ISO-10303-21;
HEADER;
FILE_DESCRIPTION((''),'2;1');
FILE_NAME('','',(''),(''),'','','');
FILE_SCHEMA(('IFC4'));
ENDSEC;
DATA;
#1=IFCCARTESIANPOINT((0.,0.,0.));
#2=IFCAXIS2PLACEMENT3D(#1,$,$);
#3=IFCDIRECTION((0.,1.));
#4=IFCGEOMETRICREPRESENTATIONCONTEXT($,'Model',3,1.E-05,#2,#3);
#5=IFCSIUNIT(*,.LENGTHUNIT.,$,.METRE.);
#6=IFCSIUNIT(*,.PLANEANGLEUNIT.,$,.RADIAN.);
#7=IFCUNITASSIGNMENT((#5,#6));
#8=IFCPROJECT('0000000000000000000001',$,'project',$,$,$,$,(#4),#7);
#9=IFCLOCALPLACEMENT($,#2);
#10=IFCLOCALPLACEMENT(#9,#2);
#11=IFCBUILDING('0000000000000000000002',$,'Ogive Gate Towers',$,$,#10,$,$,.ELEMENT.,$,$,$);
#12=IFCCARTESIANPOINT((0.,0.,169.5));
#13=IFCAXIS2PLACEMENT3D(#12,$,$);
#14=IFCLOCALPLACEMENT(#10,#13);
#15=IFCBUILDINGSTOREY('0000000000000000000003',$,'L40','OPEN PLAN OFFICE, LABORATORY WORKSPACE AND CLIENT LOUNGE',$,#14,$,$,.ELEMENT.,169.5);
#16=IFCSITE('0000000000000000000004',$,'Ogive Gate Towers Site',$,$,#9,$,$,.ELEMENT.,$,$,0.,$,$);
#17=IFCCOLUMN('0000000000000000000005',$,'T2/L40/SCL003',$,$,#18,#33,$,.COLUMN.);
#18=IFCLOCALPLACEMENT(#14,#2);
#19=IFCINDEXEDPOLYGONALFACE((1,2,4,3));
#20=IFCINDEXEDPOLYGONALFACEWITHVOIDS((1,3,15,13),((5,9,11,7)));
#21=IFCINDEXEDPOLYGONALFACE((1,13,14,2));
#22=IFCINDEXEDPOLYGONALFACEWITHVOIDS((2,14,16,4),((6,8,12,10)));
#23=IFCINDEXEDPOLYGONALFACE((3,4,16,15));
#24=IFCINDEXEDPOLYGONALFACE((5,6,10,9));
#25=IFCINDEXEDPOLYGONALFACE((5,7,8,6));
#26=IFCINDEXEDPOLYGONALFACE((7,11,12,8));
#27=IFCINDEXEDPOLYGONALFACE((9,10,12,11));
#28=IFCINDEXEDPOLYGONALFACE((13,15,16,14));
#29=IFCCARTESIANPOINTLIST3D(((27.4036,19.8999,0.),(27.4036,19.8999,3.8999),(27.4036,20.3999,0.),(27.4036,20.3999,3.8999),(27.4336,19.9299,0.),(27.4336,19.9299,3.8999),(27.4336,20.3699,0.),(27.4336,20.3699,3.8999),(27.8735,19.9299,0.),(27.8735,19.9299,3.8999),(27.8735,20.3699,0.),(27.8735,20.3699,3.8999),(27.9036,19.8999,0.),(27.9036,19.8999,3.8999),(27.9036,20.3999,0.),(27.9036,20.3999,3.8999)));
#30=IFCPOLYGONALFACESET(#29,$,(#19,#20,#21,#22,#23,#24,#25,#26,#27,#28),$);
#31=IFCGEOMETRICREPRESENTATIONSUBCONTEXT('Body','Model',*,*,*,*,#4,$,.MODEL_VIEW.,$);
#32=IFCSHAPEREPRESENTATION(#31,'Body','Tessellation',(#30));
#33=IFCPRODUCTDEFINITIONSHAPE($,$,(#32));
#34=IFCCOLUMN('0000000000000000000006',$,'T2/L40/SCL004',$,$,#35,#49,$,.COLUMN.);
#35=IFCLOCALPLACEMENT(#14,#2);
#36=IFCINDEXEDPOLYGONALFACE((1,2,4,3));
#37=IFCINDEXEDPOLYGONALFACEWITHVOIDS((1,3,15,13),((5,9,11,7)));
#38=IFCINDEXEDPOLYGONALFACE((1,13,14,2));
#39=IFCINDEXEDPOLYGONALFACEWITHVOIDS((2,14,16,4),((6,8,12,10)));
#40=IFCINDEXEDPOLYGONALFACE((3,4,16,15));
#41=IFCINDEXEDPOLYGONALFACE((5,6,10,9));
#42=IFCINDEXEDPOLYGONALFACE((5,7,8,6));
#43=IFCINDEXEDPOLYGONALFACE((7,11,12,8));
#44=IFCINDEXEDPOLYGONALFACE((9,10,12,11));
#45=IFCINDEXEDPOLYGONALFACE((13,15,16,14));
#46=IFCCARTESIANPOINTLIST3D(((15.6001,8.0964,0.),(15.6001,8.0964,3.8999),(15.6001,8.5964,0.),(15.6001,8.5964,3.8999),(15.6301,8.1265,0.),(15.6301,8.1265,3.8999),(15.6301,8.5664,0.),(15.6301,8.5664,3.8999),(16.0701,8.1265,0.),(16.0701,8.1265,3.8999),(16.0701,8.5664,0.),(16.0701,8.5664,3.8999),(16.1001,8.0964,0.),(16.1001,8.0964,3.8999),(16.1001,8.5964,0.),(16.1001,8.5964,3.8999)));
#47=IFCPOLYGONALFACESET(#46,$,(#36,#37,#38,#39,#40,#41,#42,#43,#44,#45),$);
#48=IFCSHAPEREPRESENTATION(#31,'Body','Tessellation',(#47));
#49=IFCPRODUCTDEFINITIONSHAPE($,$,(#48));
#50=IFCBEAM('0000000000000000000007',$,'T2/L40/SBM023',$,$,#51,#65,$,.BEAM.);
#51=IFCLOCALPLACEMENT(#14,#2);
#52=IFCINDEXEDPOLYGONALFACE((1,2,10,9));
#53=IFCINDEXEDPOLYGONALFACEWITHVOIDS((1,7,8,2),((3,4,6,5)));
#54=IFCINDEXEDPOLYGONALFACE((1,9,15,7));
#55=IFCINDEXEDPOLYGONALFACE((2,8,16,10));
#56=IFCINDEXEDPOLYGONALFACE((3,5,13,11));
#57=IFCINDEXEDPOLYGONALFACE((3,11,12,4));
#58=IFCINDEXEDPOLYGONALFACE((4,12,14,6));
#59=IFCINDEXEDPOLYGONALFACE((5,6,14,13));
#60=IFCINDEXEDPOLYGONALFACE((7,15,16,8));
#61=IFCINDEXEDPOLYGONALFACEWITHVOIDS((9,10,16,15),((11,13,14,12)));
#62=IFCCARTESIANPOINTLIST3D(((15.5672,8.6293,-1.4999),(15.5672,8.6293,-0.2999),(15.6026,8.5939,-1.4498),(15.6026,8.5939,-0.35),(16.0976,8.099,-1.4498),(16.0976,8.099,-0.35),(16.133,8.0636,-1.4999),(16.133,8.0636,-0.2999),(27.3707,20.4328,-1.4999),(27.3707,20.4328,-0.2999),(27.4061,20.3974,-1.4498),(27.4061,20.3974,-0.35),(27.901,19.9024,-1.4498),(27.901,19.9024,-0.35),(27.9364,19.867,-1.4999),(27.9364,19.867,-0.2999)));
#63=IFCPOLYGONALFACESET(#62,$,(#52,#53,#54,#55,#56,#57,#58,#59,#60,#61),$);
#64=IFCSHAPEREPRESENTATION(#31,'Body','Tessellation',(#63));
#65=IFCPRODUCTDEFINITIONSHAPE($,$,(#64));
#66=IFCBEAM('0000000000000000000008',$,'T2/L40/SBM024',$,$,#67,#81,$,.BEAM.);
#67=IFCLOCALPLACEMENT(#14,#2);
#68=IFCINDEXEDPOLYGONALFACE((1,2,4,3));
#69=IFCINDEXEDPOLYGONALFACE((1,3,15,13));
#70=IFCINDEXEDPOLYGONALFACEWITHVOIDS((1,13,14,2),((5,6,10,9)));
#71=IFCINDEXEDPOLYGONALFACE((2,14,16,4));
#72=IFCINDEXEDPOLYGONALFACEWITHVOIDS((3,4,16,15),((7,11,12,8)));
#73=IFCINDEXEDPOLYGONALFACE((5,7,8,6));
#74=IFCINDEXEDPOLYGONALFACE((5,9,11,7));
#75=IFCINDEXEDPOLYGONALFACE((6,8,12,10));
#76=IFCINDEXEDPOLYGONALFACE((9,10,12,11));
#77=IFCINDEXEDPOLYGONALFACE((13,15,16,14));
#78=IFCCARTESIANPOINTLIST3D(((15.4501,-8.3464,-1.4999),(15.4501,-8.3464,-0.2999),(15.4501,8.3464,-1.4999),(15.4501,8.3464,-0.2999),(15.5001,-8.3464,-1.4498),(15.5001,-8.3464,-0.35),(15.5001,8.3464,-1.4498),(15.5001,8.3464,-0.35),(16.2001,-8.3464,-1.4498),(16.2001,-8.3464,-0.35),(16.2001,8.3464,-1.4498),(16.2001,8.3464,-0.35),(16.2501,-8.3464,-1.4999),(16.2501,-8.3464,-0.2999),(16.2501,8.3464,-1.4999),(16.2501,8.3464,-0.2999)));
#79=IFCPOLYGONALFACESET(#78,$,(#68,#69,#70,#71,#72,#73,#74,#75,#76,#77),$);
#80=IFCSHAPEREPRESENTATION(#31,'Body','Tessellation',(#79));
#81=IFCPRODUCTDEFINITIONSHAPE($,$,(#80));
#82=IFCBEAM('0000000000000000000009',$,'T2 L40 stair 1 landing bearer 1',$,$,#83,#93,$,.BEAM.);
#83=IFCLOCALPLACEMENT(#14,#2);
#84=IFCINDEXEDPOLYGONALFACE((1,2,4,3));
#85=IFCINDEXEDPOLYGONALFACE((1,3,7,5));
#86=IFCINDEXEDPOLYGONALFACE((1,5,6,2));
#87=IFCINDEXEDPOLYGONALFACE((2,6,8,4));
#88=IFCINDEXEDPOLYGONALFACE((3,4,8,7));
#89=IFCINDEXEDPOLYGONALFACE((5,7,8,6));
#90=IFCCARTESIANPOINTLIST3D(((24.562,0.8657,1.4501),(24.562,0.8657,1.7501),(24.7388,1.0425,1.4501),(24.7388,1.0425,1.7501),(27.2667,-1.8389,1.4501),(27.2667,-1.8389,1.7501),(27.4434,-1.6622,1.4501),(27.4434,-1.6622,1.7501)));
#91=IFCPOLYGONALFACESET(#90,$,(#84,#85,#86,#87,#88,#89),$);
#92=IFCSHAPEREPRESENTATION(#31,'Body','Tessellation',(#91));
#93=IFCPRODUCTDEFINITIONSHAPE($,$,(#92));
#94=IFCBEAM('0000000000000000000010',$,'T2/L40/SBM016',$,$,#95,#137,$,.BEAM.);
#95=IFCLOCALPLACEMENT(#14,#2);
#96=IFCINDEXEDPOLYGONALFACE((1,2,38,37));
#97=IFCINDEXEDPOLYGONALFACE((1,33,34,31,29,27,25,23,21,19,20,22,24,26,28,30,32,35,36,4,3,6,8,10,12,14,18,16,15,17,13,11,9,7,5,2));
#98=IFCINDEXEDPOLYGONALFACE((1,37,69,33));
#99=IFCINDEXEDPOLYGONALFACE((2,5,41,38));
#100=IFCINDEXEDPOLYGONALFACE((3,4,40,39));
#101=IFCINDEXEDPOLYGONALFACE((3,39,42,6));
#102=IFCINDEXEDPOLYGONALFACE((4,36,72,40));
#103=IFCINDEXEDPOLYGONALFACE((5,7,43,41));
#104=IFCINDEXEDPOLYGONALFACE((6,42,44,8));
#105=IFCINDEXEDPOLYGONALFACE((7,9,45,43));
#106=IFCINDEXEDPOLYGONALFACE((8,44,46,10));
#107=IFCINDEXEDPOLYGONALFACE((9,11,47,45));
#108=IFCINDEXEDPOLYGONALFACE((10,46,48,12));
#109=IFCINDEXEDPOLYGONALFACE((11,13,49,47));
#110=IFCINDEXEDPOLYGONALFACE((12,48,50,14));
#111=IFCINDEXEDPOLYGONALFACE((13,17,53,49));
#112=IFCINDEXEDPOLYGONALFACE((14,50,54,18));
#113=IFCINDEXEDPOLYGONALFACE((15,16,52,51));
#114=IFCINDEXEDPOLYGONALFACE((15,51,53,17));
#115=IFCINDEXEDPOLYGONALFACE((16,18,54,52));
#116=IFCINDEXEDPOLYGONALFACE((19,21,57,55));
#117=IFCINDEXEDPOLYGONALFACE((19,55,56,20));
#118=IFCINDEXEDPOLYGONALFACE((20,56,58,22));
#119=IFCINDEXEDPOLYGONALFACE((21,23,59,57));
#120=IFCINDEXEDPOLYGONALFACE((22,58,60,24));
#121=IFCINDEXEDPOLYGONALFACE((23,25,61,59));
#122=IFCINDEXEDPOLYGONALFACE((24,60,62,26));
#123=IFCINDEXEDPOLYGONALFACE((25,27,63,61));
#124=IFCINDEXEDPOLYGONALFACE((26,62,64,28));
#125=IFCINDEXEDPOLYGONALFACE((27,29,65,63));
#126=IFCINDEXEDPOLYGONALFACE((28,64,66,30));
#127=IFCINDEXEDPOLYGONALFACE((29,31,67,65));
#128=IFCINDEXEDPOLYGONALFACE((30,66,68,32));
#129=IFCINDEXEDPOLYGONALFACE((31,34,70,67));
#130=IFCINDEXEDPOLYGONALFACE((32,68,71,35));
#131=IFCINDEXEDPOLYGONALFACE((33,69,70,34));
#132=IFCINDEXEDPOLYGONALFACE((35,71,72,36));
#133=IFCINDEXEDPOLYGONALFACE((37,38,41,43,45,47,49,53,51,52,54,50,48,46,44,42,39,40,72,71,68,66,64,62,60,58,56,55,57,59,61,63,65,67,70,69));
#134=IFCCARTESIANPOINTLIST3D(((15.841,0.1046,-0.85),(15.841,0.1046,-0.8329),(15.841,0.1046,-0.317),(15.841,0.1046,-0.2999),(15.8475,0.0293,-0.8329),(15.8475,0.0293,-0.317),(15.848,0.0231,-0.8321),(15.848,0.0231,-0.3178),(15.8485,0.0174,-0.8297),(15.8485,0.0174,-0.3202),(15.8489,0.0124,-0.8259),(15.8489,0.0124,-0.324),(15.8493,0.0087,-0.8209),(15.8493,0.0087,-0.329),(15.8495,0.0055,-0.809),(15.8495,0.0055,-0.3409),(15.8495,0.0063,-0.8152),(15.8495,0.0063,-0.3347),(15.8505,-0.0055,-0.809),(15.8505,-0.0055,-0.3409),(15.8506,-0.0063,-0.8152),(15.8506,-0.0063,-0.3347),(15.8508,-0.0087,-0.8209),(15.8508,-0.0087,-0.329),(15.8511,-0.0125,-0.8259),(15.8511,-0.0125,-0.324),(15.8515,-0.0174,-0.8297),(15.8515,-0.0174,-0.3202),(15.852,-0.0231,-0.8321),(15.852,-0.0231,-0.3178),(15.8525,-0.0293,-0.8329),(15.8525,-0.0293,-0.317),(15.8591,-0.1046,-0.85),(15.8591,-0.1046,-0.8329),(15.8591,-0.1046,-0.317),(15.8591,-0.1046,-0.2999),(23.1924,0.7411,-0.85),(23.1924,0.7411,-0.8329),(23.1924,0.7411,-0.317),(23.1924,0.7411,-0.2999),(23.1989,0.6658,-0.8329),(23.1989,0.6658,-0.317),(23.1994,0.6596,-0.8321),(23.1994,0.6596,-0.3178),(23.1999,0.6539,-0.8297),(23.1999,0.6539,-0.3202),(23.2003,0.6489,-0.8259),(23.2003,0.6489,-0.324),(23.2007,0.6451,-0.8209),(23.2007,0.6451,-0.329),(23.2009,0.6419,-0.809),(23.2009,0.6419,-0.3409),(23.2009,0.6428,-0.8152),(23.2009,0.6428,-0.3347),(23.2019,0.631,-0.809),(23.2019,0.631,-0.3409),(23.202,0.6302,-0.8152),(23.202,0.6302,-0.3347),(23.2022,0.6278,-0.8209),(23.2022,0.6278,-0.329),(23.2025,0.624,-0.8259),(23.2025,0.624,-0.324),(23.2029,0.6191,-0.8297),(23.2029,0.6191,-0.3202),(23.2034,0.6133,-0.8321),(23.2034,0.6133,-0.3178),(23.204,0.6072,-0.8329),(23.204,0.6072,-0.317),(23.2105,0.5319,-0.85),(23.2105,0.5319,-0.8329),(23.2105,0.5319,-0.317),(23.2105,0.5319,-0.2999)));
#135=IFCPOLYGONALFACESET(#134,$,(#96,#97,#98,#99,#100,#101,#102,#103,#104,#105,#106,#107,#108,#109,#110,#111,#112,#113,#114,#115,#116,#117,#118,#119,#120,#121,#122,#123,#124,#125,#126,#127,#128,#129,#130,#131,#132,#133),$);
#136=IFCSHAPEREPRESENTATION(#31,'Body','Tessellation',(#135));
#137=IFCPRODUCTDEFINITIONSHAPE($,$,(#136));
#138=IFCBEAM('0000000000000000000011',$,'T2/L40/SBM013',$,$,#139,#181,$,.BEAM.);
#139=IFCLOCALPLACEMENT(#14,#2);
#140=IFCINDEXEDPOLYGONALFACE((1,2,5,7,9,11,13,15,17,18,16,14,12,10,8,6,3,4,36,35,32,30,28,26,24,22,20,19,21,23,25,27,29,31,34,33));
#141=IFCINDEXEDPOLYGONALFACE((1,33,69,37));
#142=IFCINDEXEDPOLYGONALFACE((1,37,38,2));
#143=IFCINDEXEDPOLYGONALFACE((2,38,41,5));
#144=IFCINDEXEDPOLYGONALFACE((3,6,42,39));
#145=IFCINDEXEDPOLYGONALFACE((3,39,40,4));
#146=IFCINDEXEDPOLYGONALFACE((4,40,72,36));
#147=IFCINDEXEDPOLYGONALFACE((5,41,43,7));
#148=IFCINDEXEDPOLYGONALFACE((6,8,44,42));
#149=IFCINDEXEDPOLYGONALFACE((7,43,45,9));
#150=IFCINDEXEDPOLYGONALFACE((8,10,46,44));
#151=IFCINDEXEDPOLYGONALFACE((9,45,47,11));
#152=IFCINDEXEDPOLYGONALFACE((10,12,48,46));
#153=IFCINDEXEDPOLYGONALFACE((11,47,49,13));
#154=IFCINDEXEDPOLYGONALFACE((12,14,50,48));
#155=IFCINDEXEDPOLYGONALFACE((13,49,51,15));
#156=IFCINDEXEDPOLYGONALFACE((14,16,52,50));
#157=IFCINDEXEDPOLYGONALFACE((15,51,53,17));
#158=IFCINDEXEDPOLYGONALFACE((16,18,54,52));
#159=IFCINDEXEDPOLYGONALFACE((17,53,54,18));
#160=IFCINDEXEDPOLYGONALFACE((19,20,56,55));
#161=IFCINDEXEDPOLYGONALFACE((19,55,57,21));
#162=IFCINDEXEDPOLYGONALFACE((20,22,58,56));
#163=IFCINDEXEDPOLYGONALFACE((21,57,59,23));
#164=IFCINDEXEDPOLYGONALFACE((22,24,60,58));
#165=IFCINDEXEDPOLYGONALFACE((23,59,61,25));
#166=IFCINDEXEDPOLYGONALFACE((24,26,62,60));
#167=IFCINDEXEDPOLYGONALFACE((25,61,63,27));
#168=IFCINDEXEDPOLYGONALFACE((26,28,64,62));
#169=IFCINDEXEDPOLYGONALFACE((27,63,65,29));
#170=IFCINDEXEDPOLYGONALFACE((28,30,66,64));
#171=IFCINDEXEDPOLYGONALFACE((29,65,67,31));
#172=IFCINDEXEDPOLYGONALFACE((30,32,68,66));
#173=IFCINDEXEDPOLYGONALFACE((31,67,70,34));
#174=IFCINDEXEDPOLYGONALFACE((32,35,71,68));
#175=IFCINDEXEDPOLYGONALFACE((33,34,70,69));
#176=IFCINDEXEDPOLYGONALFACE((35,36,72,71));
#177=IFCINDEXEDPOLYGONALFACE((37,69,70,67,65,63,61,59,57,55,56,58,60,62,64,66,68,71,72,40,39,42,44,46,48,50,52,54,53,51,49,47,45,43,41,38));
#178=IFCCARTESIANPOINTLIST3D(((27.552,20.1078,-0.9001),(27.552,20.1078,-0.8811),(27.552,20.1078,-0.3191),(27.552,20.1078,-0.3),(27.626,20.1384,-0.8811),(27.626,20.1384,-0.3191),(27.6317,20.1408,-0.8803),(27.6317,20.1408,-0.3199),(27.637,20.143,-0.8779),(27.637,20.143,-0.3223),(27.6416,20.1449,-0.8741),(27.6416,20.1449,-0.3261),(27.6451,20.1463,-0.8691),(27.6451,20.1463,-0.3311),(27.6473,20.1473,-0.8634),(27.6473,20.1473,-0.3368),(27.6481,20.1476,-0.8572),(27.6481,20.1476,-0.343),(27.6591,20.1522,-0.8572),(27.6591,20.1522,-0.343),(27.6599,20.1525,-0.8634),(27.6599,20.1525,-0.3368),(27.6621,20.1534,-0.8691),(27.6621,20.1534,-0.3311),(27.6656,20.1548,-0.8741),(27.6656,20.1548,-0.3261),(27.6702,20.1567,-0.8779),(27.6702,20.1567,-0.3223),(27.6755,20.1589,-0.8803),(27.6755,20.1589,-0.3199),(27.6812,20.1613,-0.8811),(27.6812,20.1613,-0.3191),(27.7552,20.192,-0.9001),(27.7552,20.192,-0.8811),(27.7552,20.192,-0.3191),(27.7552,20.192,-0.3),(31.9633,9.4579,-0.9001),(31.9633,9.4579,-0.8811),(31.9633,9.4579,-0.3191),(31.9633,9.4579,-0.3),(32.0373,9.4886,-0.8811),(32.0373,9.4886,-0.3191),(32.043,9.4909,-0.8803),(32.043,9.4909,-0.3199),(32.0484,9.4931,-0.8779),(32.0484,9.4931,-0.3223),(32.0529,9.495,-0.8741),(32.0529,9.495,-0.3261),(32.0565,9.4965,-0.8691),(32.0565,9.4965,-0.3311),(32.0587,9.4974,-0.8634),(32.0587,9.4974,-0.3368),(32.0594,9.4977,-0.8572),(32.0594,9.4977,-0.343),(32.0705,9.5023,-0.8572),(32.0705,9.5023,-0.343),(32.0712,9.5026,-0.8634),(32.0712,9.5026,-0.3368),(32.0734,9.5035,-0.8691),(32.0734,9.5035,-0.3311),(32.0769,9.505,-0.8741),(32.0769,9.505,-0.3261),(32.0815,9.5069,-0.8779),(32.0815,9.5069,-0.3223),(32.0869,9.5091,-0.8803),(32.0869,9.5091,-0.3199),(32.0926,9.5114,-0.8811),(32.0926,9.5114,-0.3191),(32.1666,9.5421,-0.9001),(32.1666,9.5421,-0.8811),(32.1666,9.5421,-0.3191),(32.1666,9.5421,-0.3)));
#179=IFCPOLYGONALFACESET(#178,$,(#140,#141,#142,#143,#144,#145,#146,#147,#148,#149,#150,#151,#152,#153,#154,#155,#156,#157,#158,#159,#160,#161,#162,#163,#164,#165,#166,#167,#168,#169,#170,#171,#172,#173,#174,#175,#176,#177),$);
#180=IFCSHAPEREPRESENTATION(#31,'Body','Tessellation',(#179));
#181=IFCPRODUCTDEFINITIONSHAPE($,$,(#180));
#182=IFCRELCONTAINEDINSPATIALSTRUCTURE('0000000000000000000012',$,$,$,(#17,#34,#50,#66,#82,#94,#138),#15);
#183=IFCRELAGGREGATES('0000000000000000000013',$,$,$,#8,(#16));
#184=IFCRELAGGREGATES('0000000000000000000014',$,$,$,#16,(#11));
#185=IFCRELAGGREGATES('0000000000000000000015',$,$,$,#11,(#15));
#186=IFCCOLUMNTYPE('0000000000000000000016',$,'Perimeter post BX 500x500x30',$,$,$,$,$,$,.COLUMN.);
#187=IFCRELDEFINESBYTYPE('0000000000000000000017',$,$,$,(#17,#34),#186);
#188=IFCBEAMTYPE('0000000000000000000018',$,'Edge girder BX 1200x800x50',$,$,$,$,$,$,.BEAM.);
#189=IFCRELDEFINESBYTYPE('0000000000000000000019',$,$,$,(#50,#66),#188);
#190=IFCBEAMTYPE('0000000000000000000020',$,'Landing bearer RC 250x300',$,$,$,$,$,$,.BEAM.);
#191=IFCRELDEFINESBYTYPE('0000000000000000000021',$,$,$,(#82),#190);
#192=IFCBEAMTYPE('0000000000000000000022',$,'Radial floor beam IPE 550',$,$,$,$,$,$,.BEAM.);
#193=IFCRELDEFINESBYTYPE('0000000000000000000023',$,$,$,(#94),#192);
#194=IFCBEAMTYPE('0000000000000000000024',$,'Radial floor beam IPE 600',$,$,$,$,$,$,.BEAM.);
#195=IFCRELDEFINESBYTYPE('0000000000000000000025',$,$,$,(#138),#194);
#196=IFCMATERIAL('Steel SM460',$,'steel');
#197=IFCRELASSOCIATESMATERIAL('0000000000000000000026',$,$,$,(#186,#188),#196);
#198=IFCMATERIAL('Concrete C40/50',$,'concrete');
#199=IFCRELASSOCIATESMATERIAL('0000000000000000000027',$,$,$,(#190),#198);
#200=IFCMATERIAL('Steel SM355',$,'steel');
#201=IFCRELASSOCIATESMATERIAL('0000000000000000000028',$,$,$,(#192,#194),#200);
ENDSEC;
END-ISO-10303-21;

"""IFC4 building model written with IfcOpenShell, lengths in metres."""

from ifc_helpers import new_model, si_unit, direction, frame, origin, origin_2d, place, context, subcontext, project, spatial, rectangle, hollow_rectangle, i_section, extrude, material, material_profile, profile_set, type_object, element, save


model = new_model("IFC4")

# Units and contexts
model_context = context("Model", 3, precision=1e-05, world=origin(), true_north=direction((0.0, 1.0)))
body_context = subcontext(model_context, "Body", "Model", "MODEL_VIEW")
ifc_project = project(units=[si_unit("LENGTHUNIT", "METRE"), si_unit("PLANEANGLEUNIT", "RADIAN")], contexts=[model_context])

# Site, building, storey
site_placement = place(None, origin())
site = spatial("IfcSite", under=ifc_project, at=site_placement, Name="Ogive Gate Towers Site", CompositionType="ELEMENT", RefElevation=0.0)
building_placement = place(site_placement, origin())
building = spatial("IfcBuilding", under=site, at=building_placement, Name="Ogive Gate Towers", CompositionType="ELEMENT")
storey_placement = place(building_placement, frame((0.0, 0.0, 169.5)))
storey = spatial("IfcBuildingStorey", under=building, at=storey_placement, Name="L40", Description="OPEN PLAN OFFICE, LABORATORY WORKSPACE AND CLIENT LOUNGE", CompositionType="ELEMENT", Elevation=169.5)

# Columns
ifc_material_1 = material(Name="Steel SM460", Category="steel")
ifc_material_profile_1 = material_profile(ifc_material_1, hollow_rectangle(XDim=0.5, YDim=0.5, WallThickness=0.03, at=origin_2d()), Name="BX 500x500x30")
ifc_profile_set_1 = profile_set([ifc_material_profile_1], Name="Steel SM460")
column_type = type_object("IfcColumnType", Name="Perimeter post BX 500x500x30", PredefinedType="COLUMN", material=ifc_profile_set_1)
for number, where, z_axis, x_axis, name in (
    (1, (27.6536, 20.1499, 0.0), (0.0, 0.0, 1.0), (1.0, 0.0, 0.0), "T2/L40/SCL003"),
    (2, (15.8501, 8.3464, 0.0), (0.0, 0.0, 1.0), (1.0, 0.0, 0.0), "T2/L40/SCL004"),
):
    element("IfcColumn", number, at=place(storey_placement, frame(where, z_axis=z_axis, x_axis=x_axis)), inside=storey, type_object=column_type, Name=name, PredefinedType="COLUMN", context=body_context, shape_type="SweptSolid", body=[
        extrude(hollow_rectangle(XDim=0.5, YDim=0.5, WallThickness=0.03, at=origin_2d()), origin(), (0.0, 0.0, 1.0), 3.8999),
    ])

# Beams
ifc_material_profile_2 = material_profile(ifc_material_1, hollow_rectangle(XDim=0.8, YDim=1.2, WallThickness=0.05, at=origin_2d()), Name="BX 1200x800x50")
ifc_profile_set_2 = profile_set([ifc_material_profile_2], Name="Steel SM460")
beam_type_1 = type_object("IfcBeamType", Name="Edge girder BX 1200x800x50", PredefinedType="BEAM", material=ifc_profile_set_2)
beam_1_placement = place(storey_placement, frame((27.6536, 20.1499, -0.8999), z_axis=(-0.707107, -0.707107, 0.0), x_axis=(0.707107, -0.707107, 0.0)))
element("IfcBeam", 3, at=beam_1_placement, inside=storey, type_object=beam_type_1, Name="T2/L40/SBM023", PredefinedType="BEAM", context=body_context, shape_type="SweptSolid", body=[
    extrude(hollow_rectangle(XDim=0.8, YDim=1.2, WallThickness=0.05, at=origin_2d()), origin(), (0.0, 0.0, 1.0), 16.6926),
])
beam_2_placement = place(storey_placement, frame((15.8501, 8.3464, -0.8999), z_axis=(0.0, -1.0, 0.0), x_axis=(1.0, 0.0, 0.0)))
element("IfcBeam", 4, at=beam_2_placement, inside=storey, type_object=beam_type_1, Name="T2/L40/SBM024", PredefinedType="BEAM", context=body_context, shape_type="SweptSolid", body=[
    extrude(hollow_rectangle(XDim=0.8, YDim=1.2, WallThickness=0.05, at=origin_2d()), origin(), (0.0, 0.0, 1.0), 16.6929),
])
ifc_material_2 = material(Name="Concrete C40/50", Category="concrete")
ifc_material_profile_3 = material_profile(ifc_material_2, rectangle(XDim=0.25, YDim=0.3, at=origin_2d()), Name="RC 250x300")
ifc_profile_set_3 = profile_set([ifc_material_profile_3], Name="Concrete C40/50")
beam_type_2 = type_object("IfcBeamType", Name="Landing bearer RC 250x300", PredefinedType="BEAM", material=ifc_profile_set_3)
beam_3_placement = place(storey_placement, frame((24.6504, 0.9541, 1.6001), z_axis=(0.707107, -0.707107, 0.0), x_axis=(0.707107, 0.707107, 0.0)))
element("IfcBeam", 5, at=beam_3_placement, inside=storey, type_object=beam_type_2, Name="T2 L40 stair 1 landing bearer 1", PredefinedType="BEAM", context=body_context, shape_type="SweptSolid", body=[
    extrude(rectangle(XDim=0.25, YDim=0.3, at=origin_2d()), origin(), (0.0, 0.0, 1.0), 3.825),
])
ifc_material_3 = material(Name="Steel SM355", Category="steel")
ifc_material_profile_4 = material_profile(ifc_material_3, i_section(OverallWidth=0.21, OverallDepth=0.55, WebThickness=0.011, FlangeThickness=0.0171, FilletRadius=0.0239, at=origin_2d()), Name="IPE 550")
ifc_profile_set_4 = profile_set([ifc_material_profile_4], Name="Steel SM355")
beam_type_3 = type_object("IfcBeamType", Name="Radial floor beam IPE 550", PredefinedType="BEAM", material=ifc_profile_set_4)
beam_4_placement = place(storey_placement, frame((23.2014, 0.6365, -0.575), z_axis=(-0.996273, -0.086257, 0.0), x_axis=(0.086257, -0.996273, 0.0)))
element("IfcBeam", 6, at=beam_4_placement, inside=storey, type_object=beam_type_3, Name="T2/L40/SBM016", PredefinedType="BEAM", context=body_context, shape_type="SweptSolid", body=[
    extrude(i_section(OverallWidth=0.21, OverallDepth=0.55, WebThickness=0.011, FlangeThickness=0.0171, FilletRadius=0.0239, at=origin_2d()), origin(), (0.0, 0.0, 1.0), 7.3789),
])
ifc_material_profile_5 = material_profile(ifc_material_3, i_section(OverallWidth=0.22, OverallDepth=0.6001, WebThickness=0.012, FlangeThickness=0.019, FilletRadius=0.0239, at=origin_2d()), Name="IPE 600")
ifc_profile_set_5 = profile_set([ifc_material_profile_5], Name="Steel SM355")
beam_type_4 = type_object("IfcBeamType", Name="Radial floor beam IPE 600", PredefinedType="BEAM", material=ifc_profile_set_5)
beam_5_placement = place(storey_placement, frame((32.0649, 9.5, -0.6001), z_axis=(-0.382687, 0.923878, 0.0), x_axis=(-0.923878, -0.382687, 0.0)))
element("IfcBeam", 7, at=beam_5_placement, inside=storey, type_object=beam_type_4, Name="T2/L40/SBM013", PredefinedType="BEAM", context=body_context, shape_type="SweptSolid", body=[
    extrude(i_section(OverallWidth=0.22, OverallDepth=0.6001, WebThickness=0.012, FlangeThickness=0.019, FilletRadius=0.0239, at=origin_2d()), origin(), (0.0, 0.0, 1.0), 11.5273),
])

save(model, "model.ifc")
